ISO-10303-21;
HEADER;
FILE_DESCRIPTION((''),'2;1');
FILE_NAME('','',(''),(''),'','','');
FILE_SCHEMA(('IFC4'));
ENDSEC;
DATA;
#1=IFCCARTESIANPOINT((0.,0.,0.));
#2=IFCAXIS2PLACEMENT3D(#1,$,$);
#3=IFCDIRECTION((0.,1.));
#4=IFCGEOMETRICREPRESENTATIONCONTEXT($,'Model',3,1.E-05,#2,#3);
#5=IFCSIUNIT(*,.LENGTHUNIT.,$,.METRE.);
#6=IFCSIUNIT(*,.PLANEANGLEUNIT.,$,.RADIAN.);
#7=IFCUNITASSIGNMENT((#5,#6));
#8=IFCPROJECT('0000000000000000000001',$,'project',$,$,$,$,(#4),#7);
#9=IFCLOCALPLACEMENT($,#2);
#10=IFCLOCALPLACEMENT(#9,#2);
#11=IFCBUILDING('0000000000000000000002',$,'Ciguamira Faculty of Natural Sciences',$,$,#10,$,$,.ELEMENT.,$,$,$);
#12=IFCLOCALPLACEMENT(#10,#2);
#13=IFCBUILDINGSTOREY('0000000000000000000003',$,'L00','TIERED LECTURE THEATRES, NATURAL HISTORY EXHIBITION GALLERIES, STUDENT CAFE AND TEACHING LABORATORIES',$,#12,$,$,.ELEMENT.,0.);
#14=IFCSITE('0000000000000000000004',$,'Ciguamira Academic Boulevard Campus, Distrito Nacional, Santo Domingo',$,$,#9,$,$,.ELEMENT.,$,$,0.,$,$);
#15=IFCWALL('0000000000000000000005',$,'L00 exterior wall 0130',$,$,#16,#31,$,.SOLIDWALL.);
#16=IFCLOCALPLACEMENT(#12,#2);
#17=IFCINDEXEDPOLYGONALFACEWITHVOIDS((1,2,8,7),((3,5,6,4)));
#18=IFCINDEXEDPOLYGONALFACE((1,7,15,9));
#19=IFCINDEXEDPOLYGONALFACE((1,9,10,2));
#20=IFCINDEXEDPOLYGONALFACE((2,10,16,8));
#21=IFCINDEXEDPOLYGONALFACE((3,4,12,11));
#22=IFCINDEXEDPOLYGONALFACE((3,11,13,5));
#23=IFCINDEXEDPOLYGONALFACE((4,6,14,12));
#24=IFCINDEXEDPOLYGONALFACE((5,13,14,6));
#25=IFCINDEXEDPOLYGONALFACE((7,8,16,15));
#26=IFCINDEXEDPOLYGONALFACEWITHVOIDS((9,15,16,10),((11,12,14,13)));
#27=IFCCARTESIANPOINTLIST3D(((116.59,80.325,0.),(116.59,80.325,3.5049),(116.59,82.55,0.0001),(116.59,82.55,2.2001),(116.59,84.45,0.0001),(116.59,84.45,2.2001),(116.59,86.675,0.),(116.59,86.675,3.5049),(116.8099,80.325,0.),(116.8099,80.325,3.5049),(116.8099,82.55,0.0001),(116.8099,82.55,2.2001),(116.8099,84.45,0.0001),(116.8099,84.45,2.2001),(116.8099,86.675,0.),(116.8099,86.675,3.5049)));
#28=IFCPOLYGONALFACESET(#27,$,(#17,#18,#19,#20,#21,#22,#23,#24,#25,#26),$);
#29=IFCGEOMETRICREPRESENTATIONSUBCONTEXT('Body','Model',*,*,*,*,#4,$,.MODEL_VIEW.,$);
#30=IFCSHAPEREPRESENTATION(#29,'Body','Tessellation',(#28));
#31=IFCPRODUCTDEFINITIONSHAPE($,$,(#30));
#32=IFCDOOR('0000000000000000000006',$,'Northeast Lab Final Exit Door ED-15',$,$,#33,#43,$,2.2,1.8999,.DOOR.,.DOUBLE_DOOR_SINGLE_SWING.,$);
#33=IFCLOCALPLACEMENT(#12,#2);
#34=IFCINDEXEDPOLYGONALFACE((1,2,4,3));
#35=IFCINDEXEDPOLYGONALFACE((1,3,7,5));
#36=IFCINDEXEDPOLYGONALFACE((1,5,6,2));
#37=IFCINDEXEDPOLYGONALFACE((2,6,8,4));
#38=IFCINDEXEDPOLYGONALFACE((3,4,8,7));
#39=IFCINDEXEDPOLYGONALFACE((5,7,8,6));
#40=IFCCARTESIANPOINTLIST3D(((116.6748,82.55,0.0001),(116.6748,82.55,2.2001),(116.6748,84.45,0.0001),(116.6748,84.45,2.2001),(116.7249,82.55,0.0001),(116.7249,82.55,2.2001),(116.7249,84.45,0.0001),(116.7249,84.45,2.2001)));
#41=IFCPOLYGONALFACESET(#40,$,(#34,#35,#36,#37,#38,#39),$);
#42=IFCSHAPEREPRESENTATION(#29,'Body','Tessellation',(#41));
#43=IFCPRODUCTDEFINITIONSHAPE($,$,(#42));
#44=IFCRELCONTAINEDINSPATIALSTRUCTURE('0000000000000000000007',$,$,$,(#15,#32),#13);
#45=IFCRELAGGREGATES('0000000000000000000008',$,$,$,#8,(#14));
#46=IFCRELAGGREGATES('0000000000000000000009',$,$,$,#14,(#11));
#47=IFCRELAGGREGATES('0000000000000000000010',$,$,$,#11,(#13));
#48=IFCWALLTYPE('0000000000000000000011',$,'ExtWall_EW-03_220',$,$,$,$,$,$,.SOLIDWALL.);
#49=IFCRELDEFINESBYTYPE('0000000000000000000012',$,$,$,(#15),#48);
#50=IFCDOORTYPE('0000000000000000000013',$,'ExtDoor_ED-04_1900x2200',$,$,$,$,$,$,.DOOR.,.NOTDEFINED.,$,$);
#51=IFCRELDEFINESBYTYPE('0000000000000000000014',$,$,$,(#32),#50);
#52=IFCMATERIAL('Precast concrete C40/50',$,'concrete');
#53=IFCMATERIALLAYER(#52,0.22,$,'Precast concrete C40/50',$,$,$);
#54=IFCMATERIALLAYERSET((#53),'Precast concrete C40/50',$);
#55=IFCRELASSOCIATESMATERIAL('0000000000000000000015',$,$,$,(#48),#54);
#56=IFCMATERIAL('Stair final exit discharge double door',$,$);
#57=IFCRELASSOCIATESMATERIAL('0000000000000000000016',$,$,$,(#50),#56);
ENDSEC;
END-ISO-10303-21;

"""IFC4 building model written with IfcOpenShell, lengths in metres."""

from ifc_helpers import new_model, si_unit, direction, frame, frame_2d, origin, place, context, subcontext, project, spatial, rectangle, extrude, material, layer, layer_set, type_object, element, fill, save


model = new_model("IFC4")

# Units and contexts
model_context = context("Model", 3, precision=1e-05, world=origin(), true_north=direction((0.0, 1.0)))
body_context = subcontext(model_context, "Body", "Model", "MODEL_VIEW")
ifc_project = project(units=[si_unit("LENGTHUNIT", "METRE"), si_unit("PLANEANGLEUNIT", "RADIAN")], contexts=[model_context])

# Site, building, storey
site_placement = place(None, origin())
site = spatial("IfcSite", under=ifc_project, at=site_placement, Name="Ciguamira Academic Boulevard Campus, Distrito Nacional, Santo Domingo", CompositionType="ELEMENT", RefElevation=0.0)
building_placement = place(site_placement, origin())
building = spatial("IfcBuilding", under=site, at=building_placement, Name="Ciguamira Faculty of Natural Sciences", CompositionType="ELEMENT")
storey_placement = place(building_placement, origin())
storey = spatial("IfcBuildingStorey", under=building, at=storey_placement, Name="L00", Description="TIERED LECTURE THEATRES, NATURAL HISTORY EXHIBITION GALLERIES, STUDENT CAFE AND TEACHING LABORATORIES", CompositionType="ELEMENT", Elevation=0.0)

# Shared definitions
ifc_material_1 = material(Name="Precast concrete C40/50", Category="concrete")

# Shared definitions
ifc_layer_1 = layer(ifc_material_1, 0.22, Name="Precast concrete C40/50")
ifc_layer_set_1 = layer_set([ifc_layer_1], Name="Precast concrete C40/50")
wall_type = type_object("IfcWallType", Name="ExtWall_EW-03_220", PredefinedType="SOLIDWALL", material=ifc_layer_set_1)

# Wall, opening, door
wall_1_placement = place(storey_placement, frame((116.7, 80.325, 0.0), z_axis=(0.0, 0.0, 1.0), x_axis=(0.0, 1.0, 0.0)))
wall_1 = element("IfcWall", 1, at=wall_1_placement, inside=storey, type_object=wall_type, Name="L00 exterior wall 0130", PredefinedType="SOLIDWALL", context=body_context, shape_type="SweptSolid", body=[
    extrude(rectangle(XDim=6.3501, YDim=0.22, at=frame_2d((3.175, 0.0))), origin(), (0.0, 0.0, 1.0), 3.5049),
])
opening_1_placement = place(wall_1_placement, frame((2.2251, 0.0, 0.0)))
opening_1 = element("IfcOpeningElement", 2, at=opening_1_placement, cuts=wall_1, PredefinedType="OPENING", context=body_context, shape_type="SweptSolid", body=[
    extrude(rectangle(XDim=1.8999, YDim=2.2, at=frame_2d((0.95, 1.1001))), frame((0.0, 0.1199, 0.0), z_axis=(0.0, -1.0, 0.0), x_axis=(1.0, 0.0, 0.0)), (0.0, 0.0, 1.0), 0.24),
])
ifc_material_2 = material(Name="Stair final exit discharge double door")
door_type = type_object("IfcDoorType", Name="ExtDoor_ED-04_1900x2200", OperationType="NOTDEFINED", PredefinedType="DOOR", material=ifc_material_2)
door_placement = place(opening_1_placement, frame((1.8999, 0.0, 0.0), z_axis=(0.0, 0.0, 1.0), x_axis=(-1.0, 0.0, 0.0)))
door = element("IfcDoor", 3, at=door_placement, inside=storey, type_object=door_type, Name="Northeast Lab Final Exit Door ED-15", OperationType="DOUBLE_DOOR_SINGLE_SWING", OverallHeight=2.2, OverallWidth=1.8999, PredefinedType="DOOR", context=body_context, shape_type="SweptSolid", body=[
    extrude(rectangle(XDim=1.8999, YDim=2.2, at=frame_2d((0.95, 1.1001))), frame((0.0, 0.0249, 0.0), z_axis=(0.0, -1.0, 0.0), x_axis=(1.0, 0.0, 0.0)), (0.0, 0.0, 1.0), 0.05),
])
fill(opening_1, door)

save(model, "model.ifc")
